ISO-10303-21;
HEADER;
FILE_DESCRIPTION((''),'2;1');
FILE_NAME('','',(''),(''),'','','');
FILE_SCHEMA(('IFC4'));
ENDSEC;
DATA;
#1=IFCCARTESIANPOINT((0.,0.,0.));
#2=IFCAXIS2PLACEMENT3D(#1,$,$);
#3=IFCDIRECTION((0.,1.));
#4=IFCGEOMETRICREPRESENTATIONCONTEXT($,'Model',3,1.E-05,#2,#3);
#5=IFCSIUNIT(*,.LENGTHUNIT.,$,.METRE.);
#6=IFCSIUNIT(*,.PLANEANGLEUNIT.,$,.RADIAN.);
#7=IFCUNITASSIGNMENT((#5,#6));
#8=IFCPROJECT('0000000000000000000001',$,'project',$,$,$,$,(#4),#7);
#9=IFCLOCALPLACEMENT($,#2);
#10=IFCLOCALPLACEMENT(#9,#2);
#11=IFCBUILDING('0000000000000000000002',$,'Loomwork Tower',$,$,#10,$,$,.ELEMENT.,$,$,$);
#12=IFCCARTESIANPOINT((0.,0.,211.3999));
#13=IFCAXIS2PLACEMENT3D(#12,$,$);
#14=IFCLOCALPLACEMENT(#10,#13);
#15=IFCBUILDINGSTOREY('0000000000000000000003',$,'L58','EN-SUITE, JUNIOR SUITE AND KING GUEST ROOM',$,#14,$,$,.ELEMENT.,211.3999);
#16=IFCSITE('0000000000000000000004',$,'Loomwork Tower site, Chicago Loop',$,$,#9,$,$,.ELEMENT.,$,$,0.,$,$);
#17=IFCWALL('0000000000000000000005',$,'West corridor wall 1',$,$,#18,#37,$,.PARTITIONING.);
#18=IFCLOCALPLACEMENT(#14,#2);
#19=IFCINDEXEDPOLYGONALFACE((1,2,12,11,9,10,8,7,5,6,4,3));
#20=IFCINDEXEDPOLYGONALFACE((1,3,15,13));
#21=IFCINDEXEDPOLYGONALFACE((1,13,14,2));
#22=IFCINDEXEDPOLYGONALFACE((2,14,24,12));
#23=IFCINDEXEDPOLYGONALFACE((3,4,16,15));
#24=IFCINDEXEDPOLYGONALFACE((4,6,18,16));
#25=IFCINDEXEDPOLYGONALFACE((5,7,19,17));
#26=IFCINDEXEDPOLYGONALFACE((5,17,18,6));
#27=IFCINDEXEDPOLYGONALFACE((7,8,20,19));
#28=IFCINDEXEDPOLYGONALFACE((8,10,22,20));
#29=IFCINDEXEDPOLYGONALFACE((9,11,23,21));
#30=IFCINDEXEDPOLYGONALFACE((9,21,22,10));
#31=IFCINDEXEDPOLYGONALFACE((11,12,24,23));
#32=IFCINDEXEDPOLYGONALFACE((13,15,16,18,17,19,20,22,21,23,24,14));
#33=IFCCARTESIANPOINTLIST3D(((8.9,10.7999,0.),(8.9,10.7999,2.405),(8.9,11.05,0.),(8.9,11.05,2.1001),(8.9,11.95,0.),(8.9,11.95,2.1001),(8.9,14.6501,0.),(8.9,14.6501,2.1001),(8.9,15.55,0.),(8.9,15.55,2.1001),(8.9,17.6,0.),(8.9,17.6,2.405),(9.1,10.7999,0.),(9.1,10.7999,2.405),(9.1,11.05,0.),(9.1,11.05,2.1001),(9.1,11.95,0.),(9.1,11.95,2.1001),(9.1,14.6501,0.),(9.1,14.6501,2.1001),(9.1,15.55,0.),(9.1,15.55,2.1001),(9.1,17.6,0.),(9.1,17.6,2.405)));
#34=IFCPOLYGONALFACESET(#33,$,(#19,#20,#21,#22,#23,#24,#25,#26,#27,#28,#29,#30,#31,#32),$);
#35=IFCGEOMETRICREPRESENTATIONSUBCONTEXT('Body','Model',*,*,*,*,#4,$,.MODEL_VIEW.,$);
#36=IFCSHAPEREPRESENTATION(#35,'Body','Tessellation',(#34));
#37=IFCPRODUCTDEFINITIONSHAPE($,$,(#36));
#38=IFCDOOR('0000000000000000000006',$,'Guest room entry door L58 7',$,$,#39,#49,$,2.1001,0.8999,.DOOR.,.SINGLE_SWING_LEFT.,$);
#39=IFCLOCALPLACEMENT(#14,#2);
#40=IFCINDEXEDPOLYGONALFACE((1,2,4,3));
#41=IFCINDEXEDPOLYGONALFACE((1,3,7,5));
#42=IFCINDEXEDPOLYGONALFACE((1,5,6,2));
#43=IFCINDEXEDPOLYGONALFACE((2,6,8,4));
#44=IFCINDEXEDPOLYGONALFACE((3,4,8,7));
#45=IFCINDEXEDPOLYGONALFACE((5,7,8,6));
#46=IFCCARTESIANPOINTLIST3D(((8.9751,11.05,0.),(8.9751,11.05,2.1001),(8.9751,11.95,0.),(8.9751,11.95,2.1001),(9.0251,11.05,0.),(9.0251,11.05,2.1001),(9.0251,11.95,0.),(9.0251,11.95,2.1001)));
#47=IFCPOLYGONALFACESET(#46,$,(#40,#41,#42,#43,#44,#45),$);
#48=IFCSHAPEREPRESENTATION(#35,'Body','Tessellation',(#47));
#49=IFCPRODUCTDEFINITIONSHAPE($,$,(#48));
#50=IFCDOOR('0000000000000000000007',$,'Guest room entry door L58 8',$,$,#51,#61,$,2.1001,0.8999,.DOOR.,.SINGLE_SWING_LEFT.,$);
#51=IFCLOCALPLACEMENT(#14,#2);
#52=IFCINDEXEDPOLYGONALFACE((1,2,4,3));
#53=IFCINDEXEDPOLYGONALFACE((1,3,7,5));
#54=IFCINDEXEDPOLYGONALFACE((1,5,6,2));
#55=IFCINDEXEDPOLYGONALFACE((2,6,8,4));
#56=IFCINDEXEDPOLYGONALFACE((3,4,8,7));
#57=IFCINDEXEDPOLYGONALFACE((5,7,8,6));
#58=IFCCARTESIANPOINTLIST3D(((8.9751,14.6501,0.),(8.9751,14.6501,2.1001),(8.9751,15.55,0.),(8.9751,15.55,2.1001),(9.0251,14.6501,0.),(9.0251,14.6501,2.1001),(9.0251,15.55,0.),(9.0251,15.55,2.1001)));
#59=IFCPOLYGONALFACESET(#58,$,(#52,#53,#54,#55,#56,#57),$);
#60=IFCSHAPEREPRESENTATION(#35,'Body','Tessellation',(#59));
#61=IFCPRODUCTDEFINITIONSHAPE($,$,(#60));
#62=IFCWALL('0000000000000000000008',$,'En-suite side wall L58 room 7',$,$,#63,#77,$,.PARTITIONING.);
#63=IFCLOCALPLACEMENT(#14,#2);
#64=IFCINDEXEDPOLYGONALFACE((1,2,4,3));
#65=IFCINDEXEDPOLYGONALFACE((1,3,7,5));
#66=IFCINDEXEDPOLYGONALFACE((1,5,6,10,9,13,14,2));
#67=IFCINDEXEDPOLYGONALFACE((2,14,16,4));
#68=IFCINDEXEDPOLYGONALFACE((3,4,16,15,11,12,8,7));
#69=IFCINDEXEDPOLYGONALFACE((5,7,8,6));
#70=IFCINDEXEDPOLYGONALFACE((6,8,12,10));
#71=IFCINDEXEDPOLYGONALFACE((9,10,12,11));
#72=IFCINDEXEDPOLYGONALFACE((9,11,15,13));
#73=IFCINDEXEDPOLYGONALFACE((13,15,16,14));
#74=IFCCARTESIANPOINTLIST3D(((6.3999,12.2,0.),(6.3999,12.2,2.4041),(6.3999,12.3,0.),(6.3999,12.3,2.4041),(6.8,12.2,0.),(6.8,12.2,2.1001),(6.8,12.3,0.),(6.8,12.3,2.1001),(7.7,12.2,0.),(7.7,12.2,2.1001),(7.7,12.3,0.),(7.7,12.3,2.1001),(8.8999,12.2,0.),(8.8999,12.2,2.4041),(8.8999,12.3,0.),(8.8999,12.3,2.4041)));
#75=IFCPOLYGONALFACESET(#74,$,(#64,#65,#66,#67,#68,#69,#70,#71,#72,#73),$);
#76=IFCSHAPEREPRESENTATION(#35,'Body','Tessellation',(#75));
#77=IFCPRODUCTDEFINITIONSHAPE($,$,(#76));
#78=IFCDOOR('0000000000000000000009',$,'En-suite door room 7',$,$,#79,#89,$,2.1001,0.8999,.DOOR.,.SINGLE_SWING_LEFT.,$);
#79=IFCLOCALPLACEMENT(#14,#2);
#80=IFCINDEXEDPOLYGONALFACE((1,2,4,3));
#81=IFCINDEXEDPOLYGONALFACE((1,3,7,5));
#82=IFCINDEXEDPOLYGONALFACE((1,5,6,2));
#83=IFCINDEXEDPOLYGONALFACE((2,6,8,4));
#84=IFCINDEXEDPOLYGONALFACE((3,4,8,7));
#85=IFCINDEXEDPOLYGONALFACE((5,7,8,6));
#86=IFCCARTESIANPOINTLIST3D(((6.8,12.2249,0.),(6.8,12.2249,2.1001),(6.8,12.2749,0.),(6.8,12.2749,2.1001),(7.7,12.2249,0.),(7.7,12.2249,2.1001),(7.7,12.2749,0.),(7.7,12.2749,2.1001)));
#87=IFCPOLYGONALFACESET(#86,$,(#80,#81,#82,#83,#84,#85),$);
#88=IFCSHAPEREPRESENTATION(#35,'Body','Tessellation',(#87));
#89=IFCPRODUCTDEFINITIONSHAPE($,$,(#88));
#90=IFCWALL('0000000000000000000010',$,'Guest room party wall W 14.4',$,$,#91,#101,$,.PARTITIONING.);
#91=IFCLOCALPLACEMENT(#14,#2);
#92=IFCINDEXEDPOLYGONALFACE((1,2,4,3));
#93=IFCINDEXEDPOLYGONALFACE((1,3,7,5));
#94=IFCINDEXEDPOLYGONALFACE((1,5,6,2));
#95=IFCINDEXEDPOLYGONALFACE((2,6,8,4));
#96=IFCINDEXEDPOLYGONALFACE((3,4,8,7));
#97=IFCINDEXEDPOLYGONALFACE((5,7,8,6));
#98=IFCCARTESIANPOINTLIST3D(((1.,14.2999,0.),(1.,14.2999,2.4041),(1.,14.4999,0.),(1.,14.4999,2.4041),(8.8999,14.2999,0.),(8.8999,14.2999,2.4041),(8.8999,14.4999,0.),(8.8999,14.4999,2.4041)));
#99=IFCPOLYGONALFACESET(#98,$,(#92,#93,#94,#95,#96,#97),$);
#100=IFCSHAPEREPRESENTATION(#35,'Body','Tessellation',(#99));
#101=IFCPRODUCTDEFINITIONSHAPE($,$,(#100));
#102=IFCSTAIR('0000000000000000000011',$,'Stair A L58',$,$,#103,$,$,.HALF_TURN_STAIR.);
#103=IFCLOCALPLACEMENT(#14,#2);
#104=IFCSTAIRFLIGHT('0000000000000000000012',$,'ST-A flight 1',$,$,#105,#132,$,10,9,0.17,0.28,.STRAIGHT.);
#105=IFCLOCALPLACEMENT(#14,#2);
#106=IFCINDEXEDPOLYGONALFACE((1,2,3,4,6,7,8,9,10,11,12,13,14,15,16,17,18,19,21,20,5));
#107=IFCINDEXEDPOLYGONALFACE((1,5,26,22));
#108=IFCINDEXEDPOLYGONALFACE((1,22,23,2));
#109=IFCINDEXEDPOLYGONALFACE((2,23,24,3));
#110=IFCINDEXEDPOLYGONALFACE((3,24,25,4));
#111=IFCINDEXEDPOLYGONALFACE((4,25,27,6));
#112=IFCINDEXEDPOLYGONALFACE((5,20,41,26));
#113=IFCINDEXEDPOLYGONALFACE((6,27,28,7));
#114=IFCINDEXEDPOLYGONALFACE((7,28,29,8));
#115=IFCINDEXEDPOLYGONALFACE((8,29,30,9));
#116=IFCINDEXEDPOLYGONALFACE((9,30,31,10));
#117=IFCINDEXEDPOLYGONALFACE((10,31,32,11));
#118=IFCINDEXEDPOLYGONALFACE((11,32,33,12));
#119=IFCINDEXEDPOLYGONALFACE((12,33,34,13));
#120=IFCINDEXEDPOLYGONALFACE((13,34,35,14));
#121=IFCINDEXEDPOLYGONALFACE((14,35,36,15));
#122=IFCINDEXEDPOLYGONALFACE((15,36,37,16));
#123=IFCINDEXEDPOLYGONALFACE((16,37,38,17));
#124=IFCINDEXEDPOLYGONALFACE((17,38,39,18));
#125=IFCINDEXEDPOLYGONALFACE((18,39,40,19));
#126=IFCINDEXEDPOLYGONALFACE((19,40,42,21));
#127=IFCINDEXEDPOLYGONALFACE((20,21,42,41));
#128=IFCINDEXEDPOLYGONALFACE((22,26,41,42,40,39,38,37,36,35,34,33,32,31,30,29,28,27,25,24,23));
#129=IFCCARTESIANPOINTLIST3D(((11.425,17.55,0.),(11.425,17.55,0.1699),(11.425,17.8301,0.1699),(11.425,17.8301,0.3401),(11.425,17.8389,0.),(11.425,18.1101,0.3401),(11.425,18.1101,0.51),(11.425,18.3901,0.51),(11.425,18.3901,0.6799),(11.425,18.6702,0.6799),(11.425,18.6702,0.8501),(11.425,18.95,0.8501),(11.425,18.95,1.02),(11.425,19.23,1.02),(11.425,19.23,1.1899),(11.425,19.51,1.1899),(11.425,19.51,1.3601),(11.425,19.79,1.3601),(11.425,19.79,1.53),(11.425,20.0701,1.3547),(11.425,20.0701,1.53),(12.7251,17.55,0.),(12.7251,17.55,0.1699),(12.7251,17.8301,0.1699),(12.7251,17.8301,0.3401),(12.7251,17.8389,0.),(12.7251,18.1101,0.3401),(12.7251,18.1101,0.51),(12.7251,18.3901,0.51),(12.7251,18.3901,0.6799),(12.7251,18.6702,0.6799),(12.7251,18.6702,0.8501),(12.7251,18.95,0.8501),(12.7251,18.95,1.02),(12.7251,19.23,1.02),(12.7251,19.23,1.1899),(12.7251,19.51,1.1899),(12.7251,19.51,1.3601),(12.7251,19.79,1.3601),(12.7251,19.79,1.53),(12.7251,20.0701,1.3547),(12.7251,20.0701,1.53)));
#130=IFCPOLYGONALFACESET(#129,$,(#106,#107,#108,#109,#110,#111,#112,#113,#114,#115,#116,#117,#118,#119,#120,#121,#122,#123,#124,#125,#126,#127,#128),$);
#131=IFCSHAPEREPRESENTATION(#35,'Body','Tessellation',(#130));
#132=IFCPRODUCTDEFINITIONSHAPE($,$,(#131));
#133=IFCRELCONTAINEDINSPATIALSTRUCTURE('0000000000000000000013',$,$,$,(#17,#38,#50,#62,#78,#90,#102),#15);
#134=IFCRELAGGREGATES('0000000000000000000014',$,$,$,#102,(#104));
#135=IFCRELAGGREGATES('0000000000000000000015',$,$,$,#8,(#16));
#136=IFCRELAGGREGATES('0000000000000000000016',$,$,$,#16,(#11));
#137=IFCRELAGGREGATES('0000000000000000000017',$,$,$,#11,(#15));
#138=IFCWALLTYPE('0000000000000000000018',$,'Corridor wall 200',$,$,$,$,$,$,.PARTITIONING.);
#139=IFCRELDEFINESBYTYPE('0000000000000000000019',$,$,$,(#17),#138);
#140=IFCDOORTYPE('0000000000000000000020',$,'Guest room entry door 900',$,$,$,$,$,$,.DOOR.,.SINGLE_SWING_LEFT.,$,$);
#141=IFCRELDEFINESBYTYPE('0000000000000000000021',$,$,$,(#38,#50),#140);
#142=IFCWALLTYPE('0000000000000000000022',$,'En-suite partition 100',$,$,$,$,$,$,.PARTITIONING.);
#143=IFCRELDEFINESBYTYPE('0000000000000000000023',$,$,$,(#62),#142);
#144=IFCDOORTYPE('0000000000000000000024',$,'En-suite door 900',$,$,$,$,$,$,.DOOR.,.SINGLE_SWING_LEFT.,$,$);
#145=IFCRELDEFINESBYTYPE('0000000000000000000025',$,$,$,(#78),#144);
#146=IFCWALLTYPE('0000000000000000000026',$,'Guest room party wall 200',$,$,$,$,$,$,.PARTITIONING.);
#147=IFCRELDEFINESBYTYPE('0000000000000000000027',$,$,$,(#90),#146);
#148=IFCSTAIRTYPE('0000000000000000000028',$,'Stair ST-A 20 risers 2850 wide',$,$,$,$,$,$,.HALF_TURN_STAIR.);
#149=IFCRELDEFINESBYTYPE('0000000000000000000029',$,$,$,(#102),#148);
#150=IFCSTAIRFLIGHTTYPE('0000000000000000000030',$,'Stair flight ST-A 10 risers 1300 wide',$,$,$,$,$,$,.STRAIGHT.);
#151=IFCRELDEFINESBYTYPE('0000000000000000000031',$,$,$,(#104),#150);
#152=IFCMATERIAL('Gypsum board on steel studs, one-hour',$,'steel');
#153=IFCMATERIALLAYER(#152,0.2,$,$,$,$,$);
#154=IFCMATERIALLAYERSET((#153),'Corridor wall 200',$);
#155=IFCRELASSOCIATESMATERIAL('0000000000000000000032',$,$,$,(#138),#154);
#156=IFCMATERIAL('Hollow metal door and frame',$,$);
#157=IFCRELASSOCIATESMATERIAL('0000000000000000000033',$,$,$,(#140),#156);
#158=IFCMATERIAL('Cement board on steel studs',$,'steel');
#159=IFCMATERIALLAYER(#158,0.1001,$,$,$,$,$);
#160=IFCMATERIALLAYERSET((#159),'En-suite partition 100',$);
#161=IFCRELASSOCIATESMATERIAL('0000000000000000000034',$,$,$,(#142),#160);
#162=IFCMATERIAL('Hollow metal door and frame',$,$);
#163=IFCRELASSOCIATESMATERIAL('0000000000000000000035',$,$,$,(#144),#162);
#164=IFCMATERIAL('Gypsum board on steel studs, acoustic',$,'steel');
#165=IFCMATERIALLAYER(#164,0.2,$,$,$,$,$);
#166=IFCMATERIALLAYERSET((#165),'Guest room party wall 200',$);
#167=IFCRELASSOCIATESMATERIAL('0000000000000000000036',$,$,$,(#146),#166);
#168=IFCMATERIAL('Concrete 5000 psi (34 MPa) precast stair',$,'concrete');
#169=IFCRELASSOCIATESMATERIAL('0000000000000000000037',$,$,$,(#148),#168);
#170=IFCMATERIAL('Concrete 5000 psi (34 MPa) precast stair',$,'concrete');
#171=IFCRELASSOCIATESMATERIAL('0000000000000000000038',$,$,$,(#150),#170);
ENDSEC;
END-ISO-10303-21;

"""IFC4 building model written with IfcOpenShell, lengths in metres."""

from ifc_helpers import new_model, si_unit, direction, frame, frame_2d, origin, place, context, subcontext, project, spatial, polyline, rectangle, outline, extrude, material, layer, layer_set, type_object, element, fill, aggregate, save


model = new_model("IFC4")

# Units and contexts
model_context = context("Model", 3, precision=1e-05, world=origin(), true_north=direction((0.0, 1.0)))
body_context = subcontext(model_context, "Body", "Model", "MODEL_VIEW")
ifc_project = project(units=[si_unit("LENGTHUNIT", "METRE"), si_unit("PLANEANGLEUNIT", "RADIAN")], contexts=[model_context])

# Site, building, storey
site_placement = place(None, origin())
site = spatial("IfcSite", under=ifc_project, at=site_placement, Name="Loomwork Tower site, Chicago Loop", CompositionType="ELEMENT", RefElevation=0.0)
building_placement = place(site_placement, origin())
building = spatial("IfcBuilding", under=site, at=building_placement, Name="Loomwork Tower", CompositionType="ELEMENT")
storey_placement = place(building_placement, frame((0.0, 0.0, 211.3999)))
storey = spatial("IfcBuildingStorey", under=building, at=storey_placement, Name="L58", Description="EN-SUITE, JUNIOR SUITE AND KING GUEST ROOM", CompositionType="ELEMENT", Elevation=211.3999)

# Wall, openings, doors
ifc_material_1 = material(Name="Gypsum board on steel studs, one-hour", Category="steel")
ifc_layer_1 = layer(ifc_material_1, 0.2)
ifc_layer_set_1 = layer_set([ifc_layer_1], Name="Corridor wall 200")
wall_type_1 = type_object("IfcWallType", Name="Corridor wall 200", PredefinedType="PARTITIONING", material=ifc_layer_set_1)
wall_1_placement = place(storey_placement, frame((9.0, 10.8, 0.0), z_axis=(0.0, 0.0, 1.0), x_axis=(0.0, 1.0, 0.0)))
wall_1 = element("IfcWall", 1, at=wall_1_placement, inside=storey, type_object=wall_type_1, Name="West corridor wall 1", PredefinedType="PARTITIONING", context=body_context, shape_type="SweptSolid", body=[
    extrude(rectangle(XDim=6.8, YDim=0.2, at=frame_2d((3.3999, 0.0))), origin(), (0.0, 0.0, 1.0), 2.405),
])
opening_1_placement = place(wall_1_placement, frame((0.25, 0.0, 0.0)))
opening_1 = element("IfcOpeningElement", 2, at=opening_1_placement, cuts=wall_1, PredefinedType="OPENING", context=body_context, shape_type="SweptSolid", body=[
    extrude(rectangle(XDim=0.8999, YDim=2.1001, at=frame_2d((0.45, 1.05))), frame((0.0, 0.1099, 0.0), z_axis=(0.0, -1.0, 0.0), x_axis=(1.0, 0.0, 0.0)), (0.0, 0.0, 1.0), 0.22),
])
opening_2_placement = place(wall_1_placement, frame((3.8501, 0.0, 0.0)))
opening_2 = element("IfcOpeningElement", 3, at=opening_2_placement, cuts=wall_1, PredefinedType="OPENING", context=body_context, shape_type="SweptSolid", body=[
    extrude(rectangle(XDim=0.8999, YDim=2.1001, at=frame_2d((0.45, 1.05))), frame((0.0, 0.1099, 0.0), z_axis=(0.0, -1.0, 0.0), x_axis=(1.0, 0.0, 0.0)), (0.0, 0.0, 1.0), 0.22),
])
ifc_material_2 = material(Name="Hollow metal door and frame")
door_type_1 = type_object("IfcDoorType", Name="Guest room entry door 900", OperationType="SINGLE_SWING_LEFT", PredefinedType="DOOR", material=ifc_material_2)
door_1_placement = place(opening_1_placement, origin())
door_1 = element("IfcDoor", 4, at=door_1_placement, inside=storey, type_object=door_type_1, Name="Guest room entry door L58 7", OperationType="SINGLE_SWING_LEFT", OverallHeight=2.1001, OverallWidth=0.8999, PredefinedType="DOOR", context=body_context, shape_type="SweptSolid", body=[
    extrude(rectangle(XDim=0.8999, YDim=2.1001, at=frame_2d((0.45, 1.05))), frame((0.0, 0.0249, 0.0), z_axis=(0.0, -1.0, 0.0), x_axis=(1.0, 0.0, 0.0)), (0.0, 0.0, 1.0), 0.05),
])
fill(opening_1, door_1)
door_2_placement = place(opening_2_placement, origin())
door_2 = element("IfcDoor", 5, at=door_2_placement, inside=storey, type_object=door_type_1, Name="Guest room entry door L58 8", OperationType="SINGLE_SWING_LEFT", OverallHeight=2.1001, OverallWidth=0.8999, PredefinedType="DOOR", context=body_context, shape_type="SweptSolid", body=[
    extrude(rectangle(XDim=0.8999, YDim=2.1001, at=frame_2d((0.45, 1.05))), frame((0.0, 0.0249, 0.0), z_axis=(0.0, -1.0, 0.0), x_axis=(1.0, 0.0, 0.0)), (0.0, 0.0, 1.0), 0.05),
])
fill(opening_2, door_2)

# Wall, opening, door
ifc_material_3 = material(Name="Cement board on steel studs", Category="steel")
ifc_layer_2 = layer(ifc_material_3, 0.1001)
ifc_layer_set_2 = layer_set([ifc_layer_2], Name="En-suite partition 100")
wall_type_2 = type_object("IfcWallType", Name="En-suite partition 100", PredefinedType="PARTITIONING", material=ifc_layer_set_2)
wall_2_placement = place(storey_placement, frame((8.8999, 12.25, 0.0), z_axis=(0.0, 0.0, 1.0), x_axis=(-1.0, 0.0, 0.0)))
wall_2 = element("IfcWall", 6, at=wall_2_placement, inside=storey, type_object=wall_type_2, Name="En-suite side wall L58 room 7", PredefinedType="PARTITIONING", context=body_context, shape_type="SweptSolid", body=[
    extrude(rectangle(XDim=2.5, YDim=0.1001, at=frame_2d((1.25, 0.0))), origin(), (0.0, 0.0, 1.0), 2.4041),
])
opening_3_placement = place(wall_2_placement, frame((1.2, 0.0, 0.0)))
opening_3 = element("IfcOpeningElement", 7, at=opening_3_placement, cuts=wall_2, PredefinedType="OPENING", context=body_context, shape_type="SweptSolid", body=[
    extrude(rectangle(XDim=0.8999, YDim=2.1001, at=frame_2d((0.45, 1.05))), frame((0.0, 0.0601, 0.0), z_axis=(0.0, -1.0, 0.0), x_axis=(1.0, 0.0, 0.0)), (0.0, 0.0, 1.0), 0.1201),
])
ifc_material_4 = material(Name="Hollow metal door and frame")
door_type_2 = type_object("IfcDoorType", Name="En-suite door 900", OperationType="SINGLE_SWING_LEFT", PredefinedType="DOOR", material=ifc_material_4)
door_3_placement = place(opening_3_placement, frame((0.8999, 0.0, 0.0), z_axis=(0.0, 0.0, 1.0), x_axis=(-1.0, 0.0, 0.0)))
door_3 = element("IfcDoor", 8, at=door_3_placement, inside=storey, type_object=door_type_2, Name="En-suite door room 7", OperationType="SINGLE_SWING_LEFT", OverallHeight=2.1001, OverallWidth=0.8999, PredefinedType="DOOR", context=body_context, shape_type="SweptSolid", body=[
    extrude(rectangle(XDim=0.8999, YDim=2.1001, at=frame_2d((0.45, 1.05))), frame((0.0, 0.0249, 0.0), z_axis=(0.0, -1.0, 0.0), x_axis=(1.0, 0.0, 0.0)), (0.0, 0.0, 1.0), 0.05),
])
fill(opening_3, door_3)

# Wall
ifc_material_5 = material(Name="Gypsum board on steel studs, acoustic", Category="steel")
ifc_layer_3 = layer(ifc_material_5, 0.2)
ifc_layer_set_3 = layer_set([ifc_layer_3], Name="Guest room party wall 200")
wall_type_3 = type_object("IfcWallType", Name="Guest room party wall 200", PredefinedType="PARTITIONING", material=ifc_layer_set_3)
wall_3_placement = place(storey_placement, frame((8.8999, 14.3999, 0.0), z_axis=(0.0, 0.0, 1.0), x_axis=(-1.0, 0.0, 0.0)))
element("IfcWall", 9, at=wall_3_placement, inside=storey, type_object=wall_type_3, Name="Guest room party wall W 14.4", PredefinedType="PARTITIONING", context=body_context, shape_type="SweptSolid", body=[
    extrude(rectangle(XDim=7.8999, YDim=0.2, at=frame_2d((3.95, 0.0))), origin(), (0.0, 0.0, 1.0), 2.4041),
])

# Stair, stair flight
ifc_material_6 = material(Name="Concrete 5000 psi (34 MPa) precast stair", Category="concrete")
stair_type = type_object("IfcStairType", Name="Stair ST-A 20 risers 2850 wide", PredefinedType="HALF_TURN_STAIR", material=ifc_material_6)
stair_placement = place(storey_placement, origin())
stair = element("IfcStair", 10, at=stair_placement, inside=storey, type_object=stair_type, Name="Stair A L58", PredefinedType="HALF_TURN_STAIR")
ifc_material_7 = material(Name="Concrete 5000 psi (34 MPa) precast stair", Category="concrete")
stair_flight_type = type_object("IfcStairFlightType", Name="Stair flight ST-A 10 risers 1300 wide", PredefinedType="STRAIGHT", material=ifc_material_7)
stair_flight_placement = place(storey_placement, frame((12.075, 17.55, 0.0), z_axis=(0.0, 0.0, 1.0), x_axis=(0.0, 1.0, 0.0)))
stair_flight = element("IfcStairFlight", 11, at=stair_flight_placement, type_object=stair_flight_type, Name="ST-A flight 1", NumberOfRisers=10, NumberOfTreads=9, PredefinedType="STRAIGHT", RiserHeight=0.17, TreadLength=0.28, context=body_context, shape_type="SweptSolid", body=[
    extrude(outline(polyline([(0.0, 0.0), (0.0, 0.1699), (0.28, 0.1699), (0.28, 0.3401), (0.5601, 0.3401), (0.5601, 0.51), (0.8401, 0.51), (0.8401, 0.6799), (1.1201, 0.6799), (1.1201, 0.8501), (1.3999, 0.8501), (1.3999, 1.02), (1.6799, 1.02), (1.6799, 1.1899), (1.96, 1.1899), (1.96, 1.3601), (2.24, 1.3601), (2.24, 1.53), (2.52, 1.53), (2.52, 1.7), (2.52, 1.3547), (0.2888, 0.0), (0.0, 0.0)])), frame((0.0, 0.6499, 0.0), z_axis=(0.0, -1.0, 0.0), x_axis=(1.0, 0.0, 0.0)), (0.0, 0.0, 1.0), 1.3),
])
aggregate(stair, [stair_flight])

save(model, "model.ifc")
